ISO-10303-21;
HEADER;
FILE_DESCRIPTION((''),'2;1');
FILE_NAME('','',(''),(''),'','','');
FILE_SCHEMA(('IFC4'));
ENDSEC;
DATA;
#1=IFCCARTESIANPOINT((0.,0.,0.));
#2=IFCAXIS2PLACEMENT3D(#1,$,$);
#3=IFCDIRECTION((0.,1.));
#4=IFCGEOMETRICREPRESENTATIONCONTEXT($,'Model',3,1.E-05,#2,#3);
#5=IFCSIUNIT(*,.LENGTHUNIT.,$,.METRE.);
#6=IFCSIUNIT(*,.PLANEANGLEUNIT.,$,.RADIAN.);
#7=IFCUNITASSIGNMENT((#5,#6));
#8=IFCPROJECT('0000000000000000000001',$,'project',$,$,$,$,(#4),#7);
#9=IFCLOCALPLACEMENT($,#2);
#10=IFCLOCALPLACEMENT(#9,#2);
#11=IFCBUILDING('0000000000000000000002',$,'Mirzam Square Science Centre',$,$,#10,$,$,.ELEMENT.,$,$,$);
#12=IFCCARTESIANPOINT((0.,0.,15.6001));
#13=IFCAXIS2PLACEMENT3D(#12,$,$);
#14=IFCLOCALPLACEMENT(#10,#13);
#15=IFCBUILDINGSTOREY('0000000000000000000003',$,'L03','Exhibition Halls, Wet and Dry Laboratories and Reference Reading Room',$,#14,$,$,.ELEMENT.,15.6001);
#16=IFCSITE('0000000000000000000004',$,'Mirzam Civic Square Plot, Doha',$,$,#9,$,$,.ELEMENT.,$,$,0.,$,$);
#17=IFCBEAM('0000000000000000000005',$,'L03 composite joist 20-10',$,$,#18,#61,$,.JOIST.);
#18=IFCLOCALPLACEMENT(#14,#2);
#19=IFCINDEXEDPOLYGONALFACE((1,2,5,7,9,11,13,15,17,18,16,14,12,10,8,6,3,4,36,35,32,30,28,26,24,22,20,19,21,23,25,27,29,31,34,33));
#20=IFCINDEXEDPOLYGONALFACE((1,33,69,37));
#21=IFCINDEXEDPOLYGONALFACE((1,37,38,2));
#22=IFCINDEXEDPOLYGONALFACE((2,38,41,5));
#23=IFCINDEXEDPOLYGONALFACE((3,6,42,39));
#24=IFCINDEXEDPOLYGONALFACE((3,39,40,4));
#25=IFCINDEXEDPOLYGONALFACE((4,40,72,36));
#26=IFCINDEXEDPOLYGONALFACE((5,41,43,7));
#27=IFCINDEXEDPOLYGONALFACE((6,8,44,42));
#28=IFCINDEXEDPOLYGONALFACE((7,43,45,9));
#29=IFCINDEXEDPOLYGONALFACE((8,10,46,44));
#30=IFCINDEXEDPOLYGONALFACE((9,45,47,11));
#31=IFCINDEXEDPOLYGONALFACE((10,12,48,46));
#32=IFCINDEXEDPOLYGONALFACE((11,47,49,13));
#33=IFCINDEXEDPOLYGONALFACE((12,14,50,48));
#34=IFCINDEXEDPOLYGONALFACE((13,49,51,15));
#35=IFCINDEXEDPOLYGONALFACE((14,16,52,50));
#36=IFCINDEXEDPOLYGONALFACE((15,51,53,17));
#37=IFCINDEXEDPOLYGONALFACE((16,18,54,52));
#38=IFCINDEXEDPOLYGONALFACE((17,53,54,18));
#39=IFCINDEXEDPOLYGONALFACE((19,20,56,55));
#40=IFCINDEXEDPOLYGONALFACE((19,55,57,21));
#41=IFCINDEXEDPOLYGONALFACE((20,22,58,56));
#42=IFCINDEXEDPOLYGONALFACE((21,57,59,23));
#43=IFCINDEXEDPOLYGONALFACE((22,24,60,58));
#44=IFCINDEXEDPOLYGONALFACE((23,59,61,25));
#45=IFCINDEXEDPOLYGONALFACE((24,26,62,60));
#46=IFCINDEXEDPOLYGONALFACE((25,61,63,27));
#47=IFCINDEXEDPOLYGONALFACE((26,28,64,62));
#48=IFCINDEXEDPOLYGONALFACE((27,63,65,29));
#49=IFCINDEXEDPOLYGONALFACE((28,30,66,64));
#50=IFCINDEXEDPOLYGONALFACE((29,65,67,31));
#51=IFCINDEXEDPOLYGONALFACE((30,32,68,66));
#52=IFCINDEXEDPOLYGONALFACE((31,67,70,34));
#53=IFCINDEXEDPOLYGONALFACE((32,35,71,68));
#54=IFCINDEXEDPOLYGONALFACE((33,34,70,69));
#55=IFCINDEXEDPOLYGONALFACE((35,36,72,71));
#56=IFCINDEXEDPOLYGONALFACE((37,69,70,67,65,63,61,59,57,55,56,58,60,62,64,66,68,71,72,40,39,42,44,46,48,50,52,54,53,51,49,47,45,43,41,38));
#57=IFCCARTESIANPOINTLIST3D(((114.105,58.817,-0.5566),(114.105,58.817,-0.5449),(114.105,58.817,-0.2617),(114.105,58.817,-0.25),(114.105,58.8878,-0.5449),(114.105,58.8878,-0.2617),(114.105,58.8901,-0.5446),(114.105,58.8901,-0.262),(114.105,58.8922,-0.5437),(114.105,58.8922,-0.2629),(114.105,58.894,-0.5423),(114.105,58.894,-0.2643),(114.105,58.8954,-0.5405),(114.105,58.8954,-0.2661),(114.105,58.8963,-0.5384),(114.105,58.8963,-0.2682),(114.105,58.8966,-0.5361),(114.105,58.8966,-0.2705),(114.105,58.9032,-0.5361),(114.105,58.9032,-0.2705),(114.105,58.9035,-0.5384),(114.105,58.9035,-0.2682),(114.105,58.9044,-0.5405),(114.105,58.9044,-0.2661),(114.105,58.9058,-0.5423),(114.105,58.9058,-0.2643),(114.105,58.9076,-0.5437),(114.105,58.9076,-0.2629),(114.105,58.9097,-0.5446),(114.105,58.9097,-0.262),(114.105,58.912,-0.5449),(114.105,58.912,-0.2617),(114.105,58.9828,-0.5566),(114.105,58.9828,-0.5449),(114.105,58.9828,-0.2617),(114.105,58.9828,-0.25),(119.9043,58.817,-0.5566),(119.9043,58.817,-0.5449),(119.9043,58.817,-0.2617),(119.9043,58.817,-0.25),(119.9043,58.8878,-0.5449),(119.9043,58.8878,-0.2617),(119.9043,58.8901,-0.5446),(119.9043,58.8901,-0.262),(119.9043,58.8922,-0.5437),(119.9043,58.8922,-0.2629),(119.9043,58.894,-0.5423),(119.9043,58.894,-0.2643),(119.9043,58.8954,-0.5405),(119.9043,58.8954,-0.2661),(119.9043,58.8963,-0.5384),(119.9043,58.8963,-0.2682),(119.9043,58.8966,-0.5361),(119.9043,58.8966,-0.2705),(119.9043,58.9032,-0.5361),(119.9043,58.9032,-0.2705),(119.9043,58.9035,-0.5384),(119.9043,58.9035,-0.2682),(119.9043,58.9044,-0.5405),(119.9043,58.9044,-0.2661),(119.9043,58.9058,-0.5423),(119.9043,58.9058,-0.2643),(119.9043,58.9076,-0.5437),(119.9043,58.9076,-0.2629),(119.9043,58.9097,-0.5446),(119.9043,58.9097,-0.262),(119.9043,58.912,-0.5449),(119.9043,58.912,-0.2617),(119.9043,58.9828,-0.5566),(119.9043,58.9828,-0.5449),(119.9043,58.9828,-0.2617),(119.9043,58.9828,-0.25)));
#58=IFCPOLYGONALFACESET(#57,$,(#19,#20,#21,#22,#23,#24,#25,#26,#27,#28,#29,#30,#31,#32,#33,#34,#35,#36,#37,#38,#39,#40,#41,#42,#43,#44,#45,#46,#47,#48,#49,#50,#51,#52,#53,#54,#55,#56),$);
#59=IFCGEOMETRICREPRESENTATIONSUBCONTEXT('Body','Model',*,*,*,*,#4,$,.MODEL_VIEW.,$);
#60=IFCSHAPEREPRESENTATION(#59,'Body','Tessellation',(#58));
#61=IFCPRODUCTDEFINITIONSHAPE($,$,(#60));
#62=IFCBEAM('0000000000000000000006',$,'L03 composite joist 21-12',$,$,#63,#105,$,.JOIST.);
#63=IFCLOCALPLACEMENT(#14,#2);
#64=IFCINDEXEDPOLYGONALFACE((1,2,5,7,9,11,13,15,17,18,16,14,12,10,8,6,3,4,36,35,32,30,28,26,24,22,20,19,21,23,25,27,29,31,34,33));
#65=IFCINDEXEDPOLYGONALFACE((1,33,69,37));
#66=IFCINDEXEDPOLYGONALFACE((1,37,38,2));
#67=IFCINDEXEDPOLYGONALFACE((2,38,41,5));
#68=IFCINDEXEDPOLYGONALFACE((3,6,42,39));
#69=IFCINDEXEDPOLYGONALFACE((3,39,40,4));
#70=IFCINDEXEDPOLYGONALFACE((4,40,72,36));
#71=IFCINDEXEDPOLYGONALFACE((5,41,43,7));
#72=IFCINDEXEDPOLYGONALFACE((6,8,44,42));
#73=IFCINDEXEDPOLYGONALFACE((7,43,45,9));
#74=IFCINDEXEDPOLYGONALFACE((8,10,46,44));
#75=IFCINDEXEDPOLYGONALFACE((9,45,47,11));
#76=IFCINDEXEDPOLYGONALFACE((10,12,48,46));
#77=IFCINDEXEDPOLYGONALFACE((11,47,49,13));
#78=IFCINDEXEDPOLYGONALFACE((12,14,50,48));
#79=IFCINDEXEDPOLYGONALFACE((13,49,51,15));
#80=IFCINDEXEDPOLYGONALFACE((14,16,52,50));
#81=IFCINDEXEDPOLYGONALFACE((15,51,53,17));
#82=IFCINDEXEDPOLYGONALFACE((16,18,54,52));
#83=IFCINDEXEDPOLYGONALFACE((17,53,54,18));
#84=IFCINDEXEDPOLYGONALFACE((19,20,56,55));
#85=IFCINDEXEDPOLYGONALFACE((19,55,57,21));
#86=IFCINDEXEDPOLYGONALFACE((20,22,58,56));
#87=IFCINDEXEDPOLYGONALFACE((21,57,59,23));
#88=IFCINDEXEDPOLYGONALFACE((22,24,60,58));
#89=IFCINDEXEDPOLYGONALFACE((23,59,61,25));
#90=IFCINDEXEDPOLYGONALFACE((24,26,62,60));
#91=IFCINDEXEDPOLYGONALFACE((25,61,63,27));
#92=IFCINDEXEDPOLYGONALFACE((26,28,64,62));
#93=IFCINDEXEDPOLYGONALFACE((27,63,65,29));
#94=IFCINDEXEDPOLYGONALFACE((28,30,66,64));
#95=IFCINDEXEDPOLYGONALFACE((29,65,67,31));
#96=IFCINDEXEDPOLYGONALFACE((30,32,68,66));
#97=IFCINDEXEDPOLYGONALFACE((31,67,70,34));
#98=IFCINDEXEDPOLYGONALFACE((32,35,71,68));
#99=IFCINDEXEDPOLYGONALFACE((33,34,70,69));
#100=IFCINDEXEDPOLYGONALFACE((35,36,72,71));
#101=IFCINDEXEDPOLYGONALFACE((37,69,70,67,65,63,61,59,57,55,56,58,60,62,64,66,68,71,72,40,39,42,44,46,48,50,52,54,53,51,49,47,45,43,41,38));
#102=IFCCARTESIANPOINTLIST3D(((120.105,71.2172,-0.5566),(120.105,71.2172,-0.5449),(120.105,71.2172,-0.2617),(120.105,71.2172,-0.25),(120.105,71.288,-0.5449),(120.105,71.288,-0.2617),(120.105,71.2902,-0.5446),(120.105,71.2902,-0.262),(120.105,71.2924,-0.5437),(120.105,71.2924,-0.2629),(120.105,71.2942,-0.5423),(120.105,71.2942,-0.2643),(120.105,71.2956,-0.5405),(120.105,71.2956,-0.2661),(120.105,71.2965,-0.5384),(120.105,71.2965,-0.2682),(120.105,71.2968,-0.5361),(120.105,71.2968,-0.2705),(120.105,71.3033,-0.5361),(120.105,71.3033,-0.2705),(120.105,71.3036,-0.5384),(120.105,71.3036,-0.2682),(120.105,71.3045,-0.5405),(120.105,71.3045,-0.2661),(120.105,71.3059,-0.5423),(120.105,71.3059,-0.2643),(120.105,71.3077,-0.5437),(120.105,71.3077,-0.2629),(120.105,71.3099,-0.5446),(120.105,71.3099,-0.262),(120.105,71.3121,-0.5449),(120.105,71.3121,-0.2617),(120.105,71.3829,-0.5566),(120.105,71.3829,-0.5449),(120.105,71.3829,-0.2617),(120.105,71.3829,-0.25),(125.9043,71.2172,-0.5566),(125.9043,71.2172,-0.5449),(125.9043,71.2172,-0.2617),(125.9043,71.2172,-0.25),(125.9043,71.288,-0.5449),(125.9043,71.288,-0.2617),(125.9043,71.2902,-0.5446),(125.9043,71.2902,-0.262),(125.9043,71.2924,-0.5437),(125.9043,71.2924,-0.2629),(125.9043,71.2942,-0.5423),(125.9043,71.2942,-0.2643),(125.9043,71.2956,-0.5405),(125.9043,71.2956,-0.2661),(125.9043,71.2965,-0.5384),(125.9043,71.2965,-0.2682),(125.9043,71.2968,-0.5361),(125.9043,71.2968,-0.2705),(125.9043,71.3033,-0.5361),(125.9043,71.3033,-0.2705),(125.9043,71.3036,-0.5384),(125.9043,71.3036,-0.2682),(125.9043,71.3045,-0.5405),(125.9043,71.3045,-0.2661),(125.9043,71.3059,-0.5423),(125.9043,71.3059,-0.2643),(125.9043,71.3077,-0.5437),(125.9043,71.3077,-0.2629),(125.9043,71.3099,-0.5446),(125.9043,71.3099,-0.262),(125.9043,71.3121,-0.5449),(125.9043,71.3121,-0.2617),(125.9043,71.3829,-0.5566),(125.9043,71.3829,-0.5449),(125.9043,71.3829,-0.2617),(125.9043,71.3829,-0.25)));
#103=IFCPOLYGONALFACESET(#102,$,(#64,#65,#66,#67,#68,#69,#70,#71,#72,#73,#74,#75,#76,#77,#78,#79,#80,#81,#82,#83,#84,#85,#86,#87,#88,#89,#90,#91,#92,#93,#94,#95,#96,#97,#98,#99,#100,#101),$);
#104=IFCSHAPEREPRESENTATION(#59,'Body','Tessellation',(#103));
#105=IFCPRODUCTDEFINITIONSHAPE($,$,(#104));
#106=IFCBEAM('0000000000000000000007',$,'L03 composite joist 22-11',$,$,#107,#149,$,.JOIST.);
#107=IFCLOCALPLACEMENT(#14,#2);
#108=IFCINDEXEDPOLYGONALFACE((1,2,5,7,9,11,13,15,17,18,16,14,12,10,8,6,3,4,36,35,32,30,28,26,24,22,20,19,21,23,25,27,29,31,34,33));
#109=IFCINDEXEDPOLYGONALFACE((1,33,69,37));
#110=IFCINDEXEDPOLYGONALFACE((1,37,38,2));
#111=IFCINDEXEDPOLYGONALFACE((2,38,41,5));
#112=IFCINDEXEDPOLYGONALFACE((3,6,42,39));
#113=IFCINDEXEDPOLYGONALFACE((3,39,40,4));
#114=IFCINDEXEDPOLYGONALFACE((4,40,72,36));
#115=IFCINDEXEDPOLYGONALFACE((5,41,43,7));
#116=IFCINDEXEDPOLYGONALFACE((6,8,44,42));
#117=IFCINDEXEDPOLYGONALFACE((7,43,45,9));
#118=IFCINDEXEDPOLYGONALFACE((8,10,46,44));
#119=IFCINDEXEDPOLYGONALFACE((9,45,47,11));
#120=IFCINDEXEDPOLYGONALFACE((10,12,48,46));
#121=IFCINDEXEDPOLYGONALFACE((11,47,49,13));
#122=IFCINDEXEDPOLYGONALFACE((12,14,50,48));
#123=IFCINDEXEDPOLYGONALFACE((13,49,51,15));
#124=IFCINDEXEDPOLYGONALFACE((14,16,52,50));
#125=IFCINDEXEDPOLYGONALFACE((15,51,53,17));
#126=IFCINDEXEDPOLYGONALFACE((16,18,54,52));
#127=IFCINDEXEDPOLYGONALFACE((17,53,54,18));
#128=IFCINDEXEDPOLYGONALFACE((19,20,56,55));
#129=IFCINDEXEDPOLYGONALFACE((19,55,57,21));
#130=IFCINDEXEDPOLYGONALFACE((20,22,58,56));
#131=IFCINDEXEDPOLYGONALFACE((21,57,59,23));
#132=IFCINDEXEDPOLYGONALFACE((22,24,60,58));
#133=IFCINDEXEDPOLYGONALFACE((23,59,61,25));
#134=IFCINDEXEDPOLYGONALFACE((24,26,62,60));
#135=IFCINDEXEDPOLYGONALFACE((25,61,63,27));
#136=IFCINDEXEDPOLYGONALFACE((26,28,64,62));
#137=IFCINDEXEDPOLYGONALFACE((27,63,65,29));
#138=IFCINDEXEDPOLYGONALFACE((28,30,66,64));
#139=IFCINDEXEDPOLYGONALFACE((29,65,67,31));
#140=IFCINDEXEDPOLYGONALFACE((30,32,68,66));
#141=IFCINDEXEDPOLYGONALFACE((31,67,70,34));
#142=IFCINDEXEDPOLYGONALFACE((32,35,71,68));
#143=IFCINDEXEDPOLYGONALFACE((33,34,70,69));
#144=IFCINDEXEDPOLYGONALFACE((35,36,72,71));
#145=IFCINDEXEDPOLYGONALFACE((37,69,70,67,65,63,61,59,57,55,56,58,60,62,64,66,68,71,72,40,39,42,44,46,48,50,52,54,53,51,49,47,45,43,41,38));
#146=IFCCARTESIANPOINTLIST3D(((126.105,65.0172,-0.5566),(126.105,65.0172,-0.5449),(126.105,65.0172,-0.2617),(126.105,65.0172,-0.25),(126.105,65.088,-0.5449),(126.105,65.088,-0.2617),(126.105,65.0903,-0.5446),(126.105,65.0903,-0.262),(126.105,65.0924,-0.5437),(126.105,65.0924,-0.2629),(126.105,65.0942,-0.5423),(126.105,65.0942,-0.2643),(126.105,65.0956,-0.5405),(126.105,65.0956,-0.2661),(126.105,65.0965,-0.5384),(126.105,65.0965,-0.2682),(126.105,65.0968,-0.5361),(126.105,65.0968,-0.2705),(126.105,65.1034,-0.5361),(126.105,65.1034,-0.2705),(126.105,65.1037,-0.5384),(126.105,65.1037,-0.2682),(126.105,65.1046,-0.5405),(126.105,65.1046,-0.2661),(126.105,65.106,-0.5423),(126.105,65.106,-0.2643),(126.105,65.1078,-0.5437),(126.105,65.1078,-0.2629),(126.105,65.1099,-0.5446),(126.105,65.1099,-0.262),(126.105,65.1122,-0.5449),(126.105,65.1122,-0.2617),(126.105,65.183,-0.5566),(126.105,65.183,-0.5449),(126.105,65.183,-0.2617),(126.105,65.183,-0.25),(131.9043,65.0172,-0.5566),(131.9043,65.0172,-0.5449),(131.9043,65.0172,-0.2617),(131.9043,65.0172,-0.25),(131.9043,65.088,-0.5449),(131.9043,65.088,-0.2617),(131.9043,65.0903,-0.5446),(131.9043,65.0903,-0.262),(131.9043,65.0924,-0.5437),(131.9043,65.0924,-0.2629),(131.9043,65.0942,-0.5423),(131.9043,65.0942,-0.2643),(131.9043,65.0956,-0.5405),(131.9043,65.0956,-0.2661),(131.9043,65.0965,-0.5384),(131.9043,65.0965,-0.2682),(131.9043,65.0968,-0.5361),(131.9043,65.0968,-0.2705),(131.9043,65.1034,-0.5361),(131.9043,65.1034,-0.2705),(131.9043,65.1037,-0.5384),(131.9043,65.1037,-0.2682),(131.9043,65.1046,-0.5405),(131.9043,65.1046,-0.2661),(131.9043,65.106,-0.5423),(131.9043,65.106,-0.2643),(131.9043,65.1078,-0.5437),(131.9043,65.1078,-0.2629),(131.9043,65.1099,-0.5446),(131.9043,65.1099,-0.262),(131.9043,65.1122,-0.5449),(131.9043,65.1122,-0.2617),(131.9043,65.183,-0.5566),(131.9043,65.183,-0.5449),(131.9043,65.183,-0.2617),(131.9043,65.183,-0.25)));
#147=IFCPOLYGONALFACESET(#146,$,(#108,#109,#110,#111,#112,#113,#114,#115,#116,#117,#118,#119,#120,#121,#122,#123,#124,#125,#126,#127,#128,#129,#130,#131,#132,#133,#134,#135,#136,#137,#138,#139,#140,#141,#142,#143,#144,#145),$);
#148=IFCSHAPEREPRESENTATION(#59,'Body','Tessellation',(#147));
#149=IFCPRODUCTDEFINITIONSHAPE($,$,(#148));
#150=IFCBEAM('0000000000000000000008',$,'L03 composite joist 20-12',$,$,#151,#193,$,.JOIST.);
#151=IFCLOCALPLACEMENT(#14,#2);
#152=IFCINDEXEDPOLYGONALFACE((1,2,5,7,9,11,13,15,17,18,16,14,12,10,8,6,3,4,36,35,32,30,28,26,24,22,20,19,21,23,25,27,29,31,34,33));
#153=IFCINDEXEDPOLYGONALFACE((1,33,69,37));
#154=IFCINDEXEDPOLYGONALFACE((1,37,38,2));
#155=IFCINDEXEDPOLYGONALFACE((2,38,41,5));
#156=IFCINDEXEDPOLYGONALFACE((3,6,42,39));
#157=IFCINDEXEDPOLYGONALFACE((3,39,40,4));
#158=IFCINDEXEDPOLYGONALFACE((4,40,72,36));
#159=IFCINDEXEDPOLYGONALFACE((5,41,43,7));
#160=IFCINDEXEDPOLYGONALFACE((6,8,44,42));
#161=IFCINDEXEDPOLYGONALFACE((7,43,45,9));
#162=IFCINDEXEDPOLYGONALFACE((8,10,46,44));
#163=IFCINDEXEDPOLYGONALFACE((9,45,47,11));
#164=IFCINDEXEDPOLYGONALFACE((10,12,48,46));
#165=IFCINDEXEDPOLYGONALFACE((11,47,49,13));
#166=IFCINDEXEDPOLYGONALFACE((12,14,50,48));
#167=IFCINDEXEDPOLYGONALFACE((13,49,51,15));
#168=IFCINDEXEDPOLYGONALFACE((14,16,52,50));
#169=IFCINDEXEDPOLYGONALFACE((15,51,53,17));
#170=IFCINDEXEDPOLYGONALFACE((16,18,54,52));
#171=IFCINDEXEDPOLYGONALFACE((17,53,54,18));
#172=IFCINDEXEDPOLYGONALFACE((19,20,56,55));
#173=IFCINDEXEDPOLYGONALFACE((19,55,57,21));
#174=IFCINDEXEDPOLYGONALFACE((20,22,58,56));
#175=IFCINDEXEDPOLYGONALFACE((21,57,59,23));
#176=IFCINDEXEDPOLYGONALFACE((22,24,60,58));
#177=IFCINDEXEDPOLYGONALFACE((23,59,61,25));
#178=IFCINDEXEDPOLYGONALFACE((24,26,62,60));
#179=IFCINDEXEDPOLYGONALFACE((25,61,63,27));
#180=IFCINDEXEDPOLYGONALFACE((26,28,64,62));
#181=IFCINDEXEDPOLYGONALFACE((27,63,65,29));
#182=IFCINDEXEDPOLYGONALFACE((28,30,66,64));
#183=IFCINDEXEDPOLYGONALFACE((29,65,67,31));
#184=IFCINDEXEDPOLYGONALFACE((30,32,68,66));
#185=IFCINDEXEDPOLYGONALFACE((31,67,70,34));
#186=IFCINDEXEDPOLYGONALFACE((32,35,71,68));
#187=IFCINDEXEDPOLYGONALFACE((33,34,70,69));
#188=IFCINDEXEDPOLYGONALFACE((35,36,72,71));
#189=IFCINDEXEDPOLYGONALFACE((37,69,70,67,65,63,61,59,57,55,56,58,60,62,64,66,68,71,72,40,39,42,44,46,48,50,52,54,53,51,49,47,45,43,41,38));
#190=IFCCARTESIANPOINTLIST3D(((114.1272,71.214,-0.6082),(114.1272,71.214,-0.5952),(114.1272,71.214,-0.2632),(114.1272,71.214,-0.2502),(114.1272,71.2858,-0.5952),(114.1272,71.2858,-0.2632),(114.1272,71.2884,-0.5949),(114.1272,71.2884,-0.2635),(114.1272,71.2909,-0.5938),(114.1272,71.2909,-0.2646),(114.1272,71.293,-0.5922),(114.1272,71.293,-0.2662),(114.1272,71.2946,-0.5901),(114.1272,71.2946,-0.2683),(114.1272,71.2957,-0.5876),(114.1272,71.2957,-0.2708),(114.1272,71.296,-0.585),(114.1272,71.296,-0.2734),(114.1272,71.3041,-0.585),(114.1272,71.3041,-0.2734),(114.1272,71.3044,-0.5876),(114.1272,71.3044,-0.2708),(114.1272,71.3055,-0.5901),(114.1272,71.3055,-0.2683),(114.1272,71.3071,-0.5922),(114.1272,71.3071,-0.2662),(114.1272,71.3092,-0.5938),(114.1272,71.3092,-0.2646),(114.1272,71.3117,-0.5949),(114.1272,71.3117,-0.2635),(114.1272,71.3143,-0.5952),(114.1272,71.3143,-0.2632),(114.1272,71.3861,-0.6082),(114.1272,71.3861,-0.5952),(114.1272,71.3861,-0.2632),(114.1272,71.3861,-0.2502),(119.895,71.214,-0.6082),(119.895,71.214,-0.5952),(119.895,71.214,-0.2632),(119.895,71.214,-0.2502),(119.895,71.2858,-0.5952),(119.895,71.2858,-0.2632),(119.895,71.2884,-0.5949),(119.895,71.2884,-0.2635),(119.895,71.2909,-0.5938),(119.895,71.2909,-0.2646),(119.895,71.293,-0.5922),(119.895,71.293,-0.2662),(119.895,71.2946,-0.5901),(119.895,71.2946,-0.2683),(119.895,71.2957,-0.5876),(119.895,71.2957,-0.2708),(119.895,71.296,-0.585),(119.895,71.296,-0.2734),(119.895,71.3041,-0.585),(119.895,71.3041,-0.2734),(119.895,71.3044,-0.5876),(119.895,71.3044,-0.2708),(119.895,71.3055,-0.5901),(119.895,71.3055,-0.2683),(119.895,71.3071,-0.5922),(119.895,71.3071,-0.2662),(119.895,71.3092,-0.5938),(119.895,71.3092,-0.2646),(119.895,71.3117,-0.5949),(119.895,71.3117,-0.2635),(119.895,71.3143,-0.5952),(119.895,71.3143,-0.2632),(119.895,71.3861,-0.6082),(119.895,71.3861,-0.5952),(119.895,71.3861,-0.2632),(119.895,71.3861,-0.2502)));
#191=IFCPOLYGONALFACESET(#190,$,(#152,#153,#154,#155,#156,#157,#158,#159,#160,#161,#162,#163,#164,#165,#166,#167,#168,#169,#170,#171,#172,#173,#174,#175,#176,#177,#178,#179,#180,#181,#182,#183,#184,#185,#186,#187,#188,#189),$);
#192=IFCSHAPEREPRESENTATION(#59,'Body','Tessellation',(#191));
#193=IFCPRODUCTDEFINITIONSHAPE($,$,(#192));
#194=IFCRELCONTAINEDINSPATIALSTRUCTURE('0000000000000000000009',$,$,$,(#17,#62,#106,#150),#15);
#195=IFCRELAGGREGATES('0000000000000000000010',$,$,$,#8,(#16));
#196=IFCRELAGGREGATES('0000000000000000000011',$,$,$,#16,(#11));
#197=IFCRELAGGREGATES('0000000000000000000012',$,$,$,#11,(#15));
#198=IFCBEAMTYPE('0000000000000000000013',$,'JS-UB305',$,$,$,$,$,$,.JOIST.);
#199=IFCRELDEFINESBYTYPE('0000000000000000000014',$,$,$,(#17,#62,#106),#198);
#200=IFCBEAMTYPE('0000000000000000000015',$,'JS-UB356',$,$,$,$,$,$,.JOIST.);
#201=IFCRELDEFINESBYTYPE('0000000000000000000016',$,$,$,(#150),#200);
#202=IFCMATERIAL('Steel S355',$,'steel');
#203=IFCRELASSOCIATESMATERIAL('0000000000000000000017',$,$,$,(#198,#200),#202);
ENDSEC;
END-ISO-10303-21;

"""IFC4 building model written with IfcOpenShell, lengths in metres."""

from ifc_helpers import new_model, si_unit, direction, frame, origin, origin_2d, place, context, subcontext, project, spatial, i_section, extrude, material, material_profile, profile_set, type_object, element, save


model = new_model("IFC4")

# Units and contexts
model_context = context("Model", 3, precision=1e-05, world=origin(), true_north=direction((0.0, 1.0)))
body_context = subcontext(model_context, "Body", "Model", "MODEL_VIEW")
ifc_project = project(units=[si_unit("LENGTHUNIT", "METRE"), si_unit("PLANEANGLEUNIT", "RADIAN")], contexts=[model_context])

# Site, building, storey
site_placement = place(None, origin())
site = spatial("IfcSite", under=ifc_project, at=site_placement, Name="Mirzam Civic Square Plot, Doha", CompositionType="ELEMENT", RefElevation=0.0)
building_placement = place(site_placement, origin())
building = spatial("IfcBuilding", under=site, at=building_placement, Name="Mirzam Square Science Centre", CompositionType="ELEMENT")
storey_placement = place(building_placement, frame((0.0, 0.0, 15.6001)))
storey = spatial("IfcBuildingStorey", under=building, at=storey_placement, Name="L03", Description="Exhibition Halls, Wet and Dry Laboratories and Reference Reading Room", CompositionType="ELEMENT", Elevation=15.6001)

# Shared definitions
ifc_material_1 = material(Name="Steel S355", Category="steel")

# Beams
ifc_material_profile_1 = material_profile(ifc_material_1, i_section(OverallWidth=0.1658, OverallDepth=0.3066, WebThickness=0.0066, FlangeThickness=0.0117, FilletRadius=0.0088, at=origin_2d()), Name="305x165x46UB")
ifc_profile_set_1 = profile_set([ifc_material_profile_1], Name="Steel S355")
beam_type_1 = type_object("IfcBeamType", Name="JS-UB305", PredefinedType="JOIST", material=ifc_profile_set_1)
for number, where, z_axis, x_axis, name in (
    (1, (114.105, 58.8999, -0.4033), (1.0, 0.0, 0.0), (0.0, 1.0, 0.0), "L03 composite joist 20-10"),
    (2, (120.105, 71.3, -0.4033), (1.0, 0.0, 0.0), (0.0, 1.0, 0.0), "L03 composite joist 21-12"),
    (3, (126.105, 65.1001, -0.4033), (1.0, 0.0, 0.0), (0.0, 1.0, 0.0), "L03 composite joist 22-11"),
):
    element("IfcBeam", number, at=place(storey_placement, frame(where, z_axis=z_axis, x_axis=x_axis)), inside=storey, type_object=beam_type_1, Name=name, PredefinedType="JOIST", context=body_context, shape_type="SweptSolid", body=[
        extrude(i_section(OverallWidth=0.1658, OverallDepth=0.3066, WebThickness=0.0066, FlangeThickness=0.0117, FilletRadius=0.0088, at=origin_2d()), origin(), (0.0, 0.0, 1.0), 5.7993),
    ])
ifc_material_profile_2 = material_profile(ifc_material_1, i_section(OverallWidth=0.1721, OverallDepth=0.3579, WebThickness=0.0081, FlangeThickness=0.0129, FilletRadius=0.0103, at=origin_2d()), Name="356x171x57UB")
ifc_profile_set_2 = profile_set([ifc_material_profile_2], Name="Steel S355")
beam_type_2 = type_object("IfcBeamType", Name="JS-UB356", PredefinedType="JOIST", material=ifc_profile_set_2)
for number, where, z_axis, x_axis, name in (
    (4, (114.1272, 71.3, -0.4292), (1.0, 0.0, 0.0), (0.0, 1.0, 0.0), "L03 composite joist 20-12"),
):
    element("IfcBeam", number, at=place(storey_placement, frame(where, z_axis=z_axis, x_axis=x_axis)), inside=storey, type_object=beam_type_2, Name=name, PredefinedType="JOIST", context=body_context, shape_type="SweptSolid", body=[
        extrude(i_section(OverallWidth=0.1721, OverallDepth=0.3579, WebThickness=0.0081, FlangeThickness=0.0129, FilletRadius=0.0103, at=origin_2d()), origin(), (0.0, 0.0, 1.0), 5.7678),
    ])

save(model, "model.ifc")
